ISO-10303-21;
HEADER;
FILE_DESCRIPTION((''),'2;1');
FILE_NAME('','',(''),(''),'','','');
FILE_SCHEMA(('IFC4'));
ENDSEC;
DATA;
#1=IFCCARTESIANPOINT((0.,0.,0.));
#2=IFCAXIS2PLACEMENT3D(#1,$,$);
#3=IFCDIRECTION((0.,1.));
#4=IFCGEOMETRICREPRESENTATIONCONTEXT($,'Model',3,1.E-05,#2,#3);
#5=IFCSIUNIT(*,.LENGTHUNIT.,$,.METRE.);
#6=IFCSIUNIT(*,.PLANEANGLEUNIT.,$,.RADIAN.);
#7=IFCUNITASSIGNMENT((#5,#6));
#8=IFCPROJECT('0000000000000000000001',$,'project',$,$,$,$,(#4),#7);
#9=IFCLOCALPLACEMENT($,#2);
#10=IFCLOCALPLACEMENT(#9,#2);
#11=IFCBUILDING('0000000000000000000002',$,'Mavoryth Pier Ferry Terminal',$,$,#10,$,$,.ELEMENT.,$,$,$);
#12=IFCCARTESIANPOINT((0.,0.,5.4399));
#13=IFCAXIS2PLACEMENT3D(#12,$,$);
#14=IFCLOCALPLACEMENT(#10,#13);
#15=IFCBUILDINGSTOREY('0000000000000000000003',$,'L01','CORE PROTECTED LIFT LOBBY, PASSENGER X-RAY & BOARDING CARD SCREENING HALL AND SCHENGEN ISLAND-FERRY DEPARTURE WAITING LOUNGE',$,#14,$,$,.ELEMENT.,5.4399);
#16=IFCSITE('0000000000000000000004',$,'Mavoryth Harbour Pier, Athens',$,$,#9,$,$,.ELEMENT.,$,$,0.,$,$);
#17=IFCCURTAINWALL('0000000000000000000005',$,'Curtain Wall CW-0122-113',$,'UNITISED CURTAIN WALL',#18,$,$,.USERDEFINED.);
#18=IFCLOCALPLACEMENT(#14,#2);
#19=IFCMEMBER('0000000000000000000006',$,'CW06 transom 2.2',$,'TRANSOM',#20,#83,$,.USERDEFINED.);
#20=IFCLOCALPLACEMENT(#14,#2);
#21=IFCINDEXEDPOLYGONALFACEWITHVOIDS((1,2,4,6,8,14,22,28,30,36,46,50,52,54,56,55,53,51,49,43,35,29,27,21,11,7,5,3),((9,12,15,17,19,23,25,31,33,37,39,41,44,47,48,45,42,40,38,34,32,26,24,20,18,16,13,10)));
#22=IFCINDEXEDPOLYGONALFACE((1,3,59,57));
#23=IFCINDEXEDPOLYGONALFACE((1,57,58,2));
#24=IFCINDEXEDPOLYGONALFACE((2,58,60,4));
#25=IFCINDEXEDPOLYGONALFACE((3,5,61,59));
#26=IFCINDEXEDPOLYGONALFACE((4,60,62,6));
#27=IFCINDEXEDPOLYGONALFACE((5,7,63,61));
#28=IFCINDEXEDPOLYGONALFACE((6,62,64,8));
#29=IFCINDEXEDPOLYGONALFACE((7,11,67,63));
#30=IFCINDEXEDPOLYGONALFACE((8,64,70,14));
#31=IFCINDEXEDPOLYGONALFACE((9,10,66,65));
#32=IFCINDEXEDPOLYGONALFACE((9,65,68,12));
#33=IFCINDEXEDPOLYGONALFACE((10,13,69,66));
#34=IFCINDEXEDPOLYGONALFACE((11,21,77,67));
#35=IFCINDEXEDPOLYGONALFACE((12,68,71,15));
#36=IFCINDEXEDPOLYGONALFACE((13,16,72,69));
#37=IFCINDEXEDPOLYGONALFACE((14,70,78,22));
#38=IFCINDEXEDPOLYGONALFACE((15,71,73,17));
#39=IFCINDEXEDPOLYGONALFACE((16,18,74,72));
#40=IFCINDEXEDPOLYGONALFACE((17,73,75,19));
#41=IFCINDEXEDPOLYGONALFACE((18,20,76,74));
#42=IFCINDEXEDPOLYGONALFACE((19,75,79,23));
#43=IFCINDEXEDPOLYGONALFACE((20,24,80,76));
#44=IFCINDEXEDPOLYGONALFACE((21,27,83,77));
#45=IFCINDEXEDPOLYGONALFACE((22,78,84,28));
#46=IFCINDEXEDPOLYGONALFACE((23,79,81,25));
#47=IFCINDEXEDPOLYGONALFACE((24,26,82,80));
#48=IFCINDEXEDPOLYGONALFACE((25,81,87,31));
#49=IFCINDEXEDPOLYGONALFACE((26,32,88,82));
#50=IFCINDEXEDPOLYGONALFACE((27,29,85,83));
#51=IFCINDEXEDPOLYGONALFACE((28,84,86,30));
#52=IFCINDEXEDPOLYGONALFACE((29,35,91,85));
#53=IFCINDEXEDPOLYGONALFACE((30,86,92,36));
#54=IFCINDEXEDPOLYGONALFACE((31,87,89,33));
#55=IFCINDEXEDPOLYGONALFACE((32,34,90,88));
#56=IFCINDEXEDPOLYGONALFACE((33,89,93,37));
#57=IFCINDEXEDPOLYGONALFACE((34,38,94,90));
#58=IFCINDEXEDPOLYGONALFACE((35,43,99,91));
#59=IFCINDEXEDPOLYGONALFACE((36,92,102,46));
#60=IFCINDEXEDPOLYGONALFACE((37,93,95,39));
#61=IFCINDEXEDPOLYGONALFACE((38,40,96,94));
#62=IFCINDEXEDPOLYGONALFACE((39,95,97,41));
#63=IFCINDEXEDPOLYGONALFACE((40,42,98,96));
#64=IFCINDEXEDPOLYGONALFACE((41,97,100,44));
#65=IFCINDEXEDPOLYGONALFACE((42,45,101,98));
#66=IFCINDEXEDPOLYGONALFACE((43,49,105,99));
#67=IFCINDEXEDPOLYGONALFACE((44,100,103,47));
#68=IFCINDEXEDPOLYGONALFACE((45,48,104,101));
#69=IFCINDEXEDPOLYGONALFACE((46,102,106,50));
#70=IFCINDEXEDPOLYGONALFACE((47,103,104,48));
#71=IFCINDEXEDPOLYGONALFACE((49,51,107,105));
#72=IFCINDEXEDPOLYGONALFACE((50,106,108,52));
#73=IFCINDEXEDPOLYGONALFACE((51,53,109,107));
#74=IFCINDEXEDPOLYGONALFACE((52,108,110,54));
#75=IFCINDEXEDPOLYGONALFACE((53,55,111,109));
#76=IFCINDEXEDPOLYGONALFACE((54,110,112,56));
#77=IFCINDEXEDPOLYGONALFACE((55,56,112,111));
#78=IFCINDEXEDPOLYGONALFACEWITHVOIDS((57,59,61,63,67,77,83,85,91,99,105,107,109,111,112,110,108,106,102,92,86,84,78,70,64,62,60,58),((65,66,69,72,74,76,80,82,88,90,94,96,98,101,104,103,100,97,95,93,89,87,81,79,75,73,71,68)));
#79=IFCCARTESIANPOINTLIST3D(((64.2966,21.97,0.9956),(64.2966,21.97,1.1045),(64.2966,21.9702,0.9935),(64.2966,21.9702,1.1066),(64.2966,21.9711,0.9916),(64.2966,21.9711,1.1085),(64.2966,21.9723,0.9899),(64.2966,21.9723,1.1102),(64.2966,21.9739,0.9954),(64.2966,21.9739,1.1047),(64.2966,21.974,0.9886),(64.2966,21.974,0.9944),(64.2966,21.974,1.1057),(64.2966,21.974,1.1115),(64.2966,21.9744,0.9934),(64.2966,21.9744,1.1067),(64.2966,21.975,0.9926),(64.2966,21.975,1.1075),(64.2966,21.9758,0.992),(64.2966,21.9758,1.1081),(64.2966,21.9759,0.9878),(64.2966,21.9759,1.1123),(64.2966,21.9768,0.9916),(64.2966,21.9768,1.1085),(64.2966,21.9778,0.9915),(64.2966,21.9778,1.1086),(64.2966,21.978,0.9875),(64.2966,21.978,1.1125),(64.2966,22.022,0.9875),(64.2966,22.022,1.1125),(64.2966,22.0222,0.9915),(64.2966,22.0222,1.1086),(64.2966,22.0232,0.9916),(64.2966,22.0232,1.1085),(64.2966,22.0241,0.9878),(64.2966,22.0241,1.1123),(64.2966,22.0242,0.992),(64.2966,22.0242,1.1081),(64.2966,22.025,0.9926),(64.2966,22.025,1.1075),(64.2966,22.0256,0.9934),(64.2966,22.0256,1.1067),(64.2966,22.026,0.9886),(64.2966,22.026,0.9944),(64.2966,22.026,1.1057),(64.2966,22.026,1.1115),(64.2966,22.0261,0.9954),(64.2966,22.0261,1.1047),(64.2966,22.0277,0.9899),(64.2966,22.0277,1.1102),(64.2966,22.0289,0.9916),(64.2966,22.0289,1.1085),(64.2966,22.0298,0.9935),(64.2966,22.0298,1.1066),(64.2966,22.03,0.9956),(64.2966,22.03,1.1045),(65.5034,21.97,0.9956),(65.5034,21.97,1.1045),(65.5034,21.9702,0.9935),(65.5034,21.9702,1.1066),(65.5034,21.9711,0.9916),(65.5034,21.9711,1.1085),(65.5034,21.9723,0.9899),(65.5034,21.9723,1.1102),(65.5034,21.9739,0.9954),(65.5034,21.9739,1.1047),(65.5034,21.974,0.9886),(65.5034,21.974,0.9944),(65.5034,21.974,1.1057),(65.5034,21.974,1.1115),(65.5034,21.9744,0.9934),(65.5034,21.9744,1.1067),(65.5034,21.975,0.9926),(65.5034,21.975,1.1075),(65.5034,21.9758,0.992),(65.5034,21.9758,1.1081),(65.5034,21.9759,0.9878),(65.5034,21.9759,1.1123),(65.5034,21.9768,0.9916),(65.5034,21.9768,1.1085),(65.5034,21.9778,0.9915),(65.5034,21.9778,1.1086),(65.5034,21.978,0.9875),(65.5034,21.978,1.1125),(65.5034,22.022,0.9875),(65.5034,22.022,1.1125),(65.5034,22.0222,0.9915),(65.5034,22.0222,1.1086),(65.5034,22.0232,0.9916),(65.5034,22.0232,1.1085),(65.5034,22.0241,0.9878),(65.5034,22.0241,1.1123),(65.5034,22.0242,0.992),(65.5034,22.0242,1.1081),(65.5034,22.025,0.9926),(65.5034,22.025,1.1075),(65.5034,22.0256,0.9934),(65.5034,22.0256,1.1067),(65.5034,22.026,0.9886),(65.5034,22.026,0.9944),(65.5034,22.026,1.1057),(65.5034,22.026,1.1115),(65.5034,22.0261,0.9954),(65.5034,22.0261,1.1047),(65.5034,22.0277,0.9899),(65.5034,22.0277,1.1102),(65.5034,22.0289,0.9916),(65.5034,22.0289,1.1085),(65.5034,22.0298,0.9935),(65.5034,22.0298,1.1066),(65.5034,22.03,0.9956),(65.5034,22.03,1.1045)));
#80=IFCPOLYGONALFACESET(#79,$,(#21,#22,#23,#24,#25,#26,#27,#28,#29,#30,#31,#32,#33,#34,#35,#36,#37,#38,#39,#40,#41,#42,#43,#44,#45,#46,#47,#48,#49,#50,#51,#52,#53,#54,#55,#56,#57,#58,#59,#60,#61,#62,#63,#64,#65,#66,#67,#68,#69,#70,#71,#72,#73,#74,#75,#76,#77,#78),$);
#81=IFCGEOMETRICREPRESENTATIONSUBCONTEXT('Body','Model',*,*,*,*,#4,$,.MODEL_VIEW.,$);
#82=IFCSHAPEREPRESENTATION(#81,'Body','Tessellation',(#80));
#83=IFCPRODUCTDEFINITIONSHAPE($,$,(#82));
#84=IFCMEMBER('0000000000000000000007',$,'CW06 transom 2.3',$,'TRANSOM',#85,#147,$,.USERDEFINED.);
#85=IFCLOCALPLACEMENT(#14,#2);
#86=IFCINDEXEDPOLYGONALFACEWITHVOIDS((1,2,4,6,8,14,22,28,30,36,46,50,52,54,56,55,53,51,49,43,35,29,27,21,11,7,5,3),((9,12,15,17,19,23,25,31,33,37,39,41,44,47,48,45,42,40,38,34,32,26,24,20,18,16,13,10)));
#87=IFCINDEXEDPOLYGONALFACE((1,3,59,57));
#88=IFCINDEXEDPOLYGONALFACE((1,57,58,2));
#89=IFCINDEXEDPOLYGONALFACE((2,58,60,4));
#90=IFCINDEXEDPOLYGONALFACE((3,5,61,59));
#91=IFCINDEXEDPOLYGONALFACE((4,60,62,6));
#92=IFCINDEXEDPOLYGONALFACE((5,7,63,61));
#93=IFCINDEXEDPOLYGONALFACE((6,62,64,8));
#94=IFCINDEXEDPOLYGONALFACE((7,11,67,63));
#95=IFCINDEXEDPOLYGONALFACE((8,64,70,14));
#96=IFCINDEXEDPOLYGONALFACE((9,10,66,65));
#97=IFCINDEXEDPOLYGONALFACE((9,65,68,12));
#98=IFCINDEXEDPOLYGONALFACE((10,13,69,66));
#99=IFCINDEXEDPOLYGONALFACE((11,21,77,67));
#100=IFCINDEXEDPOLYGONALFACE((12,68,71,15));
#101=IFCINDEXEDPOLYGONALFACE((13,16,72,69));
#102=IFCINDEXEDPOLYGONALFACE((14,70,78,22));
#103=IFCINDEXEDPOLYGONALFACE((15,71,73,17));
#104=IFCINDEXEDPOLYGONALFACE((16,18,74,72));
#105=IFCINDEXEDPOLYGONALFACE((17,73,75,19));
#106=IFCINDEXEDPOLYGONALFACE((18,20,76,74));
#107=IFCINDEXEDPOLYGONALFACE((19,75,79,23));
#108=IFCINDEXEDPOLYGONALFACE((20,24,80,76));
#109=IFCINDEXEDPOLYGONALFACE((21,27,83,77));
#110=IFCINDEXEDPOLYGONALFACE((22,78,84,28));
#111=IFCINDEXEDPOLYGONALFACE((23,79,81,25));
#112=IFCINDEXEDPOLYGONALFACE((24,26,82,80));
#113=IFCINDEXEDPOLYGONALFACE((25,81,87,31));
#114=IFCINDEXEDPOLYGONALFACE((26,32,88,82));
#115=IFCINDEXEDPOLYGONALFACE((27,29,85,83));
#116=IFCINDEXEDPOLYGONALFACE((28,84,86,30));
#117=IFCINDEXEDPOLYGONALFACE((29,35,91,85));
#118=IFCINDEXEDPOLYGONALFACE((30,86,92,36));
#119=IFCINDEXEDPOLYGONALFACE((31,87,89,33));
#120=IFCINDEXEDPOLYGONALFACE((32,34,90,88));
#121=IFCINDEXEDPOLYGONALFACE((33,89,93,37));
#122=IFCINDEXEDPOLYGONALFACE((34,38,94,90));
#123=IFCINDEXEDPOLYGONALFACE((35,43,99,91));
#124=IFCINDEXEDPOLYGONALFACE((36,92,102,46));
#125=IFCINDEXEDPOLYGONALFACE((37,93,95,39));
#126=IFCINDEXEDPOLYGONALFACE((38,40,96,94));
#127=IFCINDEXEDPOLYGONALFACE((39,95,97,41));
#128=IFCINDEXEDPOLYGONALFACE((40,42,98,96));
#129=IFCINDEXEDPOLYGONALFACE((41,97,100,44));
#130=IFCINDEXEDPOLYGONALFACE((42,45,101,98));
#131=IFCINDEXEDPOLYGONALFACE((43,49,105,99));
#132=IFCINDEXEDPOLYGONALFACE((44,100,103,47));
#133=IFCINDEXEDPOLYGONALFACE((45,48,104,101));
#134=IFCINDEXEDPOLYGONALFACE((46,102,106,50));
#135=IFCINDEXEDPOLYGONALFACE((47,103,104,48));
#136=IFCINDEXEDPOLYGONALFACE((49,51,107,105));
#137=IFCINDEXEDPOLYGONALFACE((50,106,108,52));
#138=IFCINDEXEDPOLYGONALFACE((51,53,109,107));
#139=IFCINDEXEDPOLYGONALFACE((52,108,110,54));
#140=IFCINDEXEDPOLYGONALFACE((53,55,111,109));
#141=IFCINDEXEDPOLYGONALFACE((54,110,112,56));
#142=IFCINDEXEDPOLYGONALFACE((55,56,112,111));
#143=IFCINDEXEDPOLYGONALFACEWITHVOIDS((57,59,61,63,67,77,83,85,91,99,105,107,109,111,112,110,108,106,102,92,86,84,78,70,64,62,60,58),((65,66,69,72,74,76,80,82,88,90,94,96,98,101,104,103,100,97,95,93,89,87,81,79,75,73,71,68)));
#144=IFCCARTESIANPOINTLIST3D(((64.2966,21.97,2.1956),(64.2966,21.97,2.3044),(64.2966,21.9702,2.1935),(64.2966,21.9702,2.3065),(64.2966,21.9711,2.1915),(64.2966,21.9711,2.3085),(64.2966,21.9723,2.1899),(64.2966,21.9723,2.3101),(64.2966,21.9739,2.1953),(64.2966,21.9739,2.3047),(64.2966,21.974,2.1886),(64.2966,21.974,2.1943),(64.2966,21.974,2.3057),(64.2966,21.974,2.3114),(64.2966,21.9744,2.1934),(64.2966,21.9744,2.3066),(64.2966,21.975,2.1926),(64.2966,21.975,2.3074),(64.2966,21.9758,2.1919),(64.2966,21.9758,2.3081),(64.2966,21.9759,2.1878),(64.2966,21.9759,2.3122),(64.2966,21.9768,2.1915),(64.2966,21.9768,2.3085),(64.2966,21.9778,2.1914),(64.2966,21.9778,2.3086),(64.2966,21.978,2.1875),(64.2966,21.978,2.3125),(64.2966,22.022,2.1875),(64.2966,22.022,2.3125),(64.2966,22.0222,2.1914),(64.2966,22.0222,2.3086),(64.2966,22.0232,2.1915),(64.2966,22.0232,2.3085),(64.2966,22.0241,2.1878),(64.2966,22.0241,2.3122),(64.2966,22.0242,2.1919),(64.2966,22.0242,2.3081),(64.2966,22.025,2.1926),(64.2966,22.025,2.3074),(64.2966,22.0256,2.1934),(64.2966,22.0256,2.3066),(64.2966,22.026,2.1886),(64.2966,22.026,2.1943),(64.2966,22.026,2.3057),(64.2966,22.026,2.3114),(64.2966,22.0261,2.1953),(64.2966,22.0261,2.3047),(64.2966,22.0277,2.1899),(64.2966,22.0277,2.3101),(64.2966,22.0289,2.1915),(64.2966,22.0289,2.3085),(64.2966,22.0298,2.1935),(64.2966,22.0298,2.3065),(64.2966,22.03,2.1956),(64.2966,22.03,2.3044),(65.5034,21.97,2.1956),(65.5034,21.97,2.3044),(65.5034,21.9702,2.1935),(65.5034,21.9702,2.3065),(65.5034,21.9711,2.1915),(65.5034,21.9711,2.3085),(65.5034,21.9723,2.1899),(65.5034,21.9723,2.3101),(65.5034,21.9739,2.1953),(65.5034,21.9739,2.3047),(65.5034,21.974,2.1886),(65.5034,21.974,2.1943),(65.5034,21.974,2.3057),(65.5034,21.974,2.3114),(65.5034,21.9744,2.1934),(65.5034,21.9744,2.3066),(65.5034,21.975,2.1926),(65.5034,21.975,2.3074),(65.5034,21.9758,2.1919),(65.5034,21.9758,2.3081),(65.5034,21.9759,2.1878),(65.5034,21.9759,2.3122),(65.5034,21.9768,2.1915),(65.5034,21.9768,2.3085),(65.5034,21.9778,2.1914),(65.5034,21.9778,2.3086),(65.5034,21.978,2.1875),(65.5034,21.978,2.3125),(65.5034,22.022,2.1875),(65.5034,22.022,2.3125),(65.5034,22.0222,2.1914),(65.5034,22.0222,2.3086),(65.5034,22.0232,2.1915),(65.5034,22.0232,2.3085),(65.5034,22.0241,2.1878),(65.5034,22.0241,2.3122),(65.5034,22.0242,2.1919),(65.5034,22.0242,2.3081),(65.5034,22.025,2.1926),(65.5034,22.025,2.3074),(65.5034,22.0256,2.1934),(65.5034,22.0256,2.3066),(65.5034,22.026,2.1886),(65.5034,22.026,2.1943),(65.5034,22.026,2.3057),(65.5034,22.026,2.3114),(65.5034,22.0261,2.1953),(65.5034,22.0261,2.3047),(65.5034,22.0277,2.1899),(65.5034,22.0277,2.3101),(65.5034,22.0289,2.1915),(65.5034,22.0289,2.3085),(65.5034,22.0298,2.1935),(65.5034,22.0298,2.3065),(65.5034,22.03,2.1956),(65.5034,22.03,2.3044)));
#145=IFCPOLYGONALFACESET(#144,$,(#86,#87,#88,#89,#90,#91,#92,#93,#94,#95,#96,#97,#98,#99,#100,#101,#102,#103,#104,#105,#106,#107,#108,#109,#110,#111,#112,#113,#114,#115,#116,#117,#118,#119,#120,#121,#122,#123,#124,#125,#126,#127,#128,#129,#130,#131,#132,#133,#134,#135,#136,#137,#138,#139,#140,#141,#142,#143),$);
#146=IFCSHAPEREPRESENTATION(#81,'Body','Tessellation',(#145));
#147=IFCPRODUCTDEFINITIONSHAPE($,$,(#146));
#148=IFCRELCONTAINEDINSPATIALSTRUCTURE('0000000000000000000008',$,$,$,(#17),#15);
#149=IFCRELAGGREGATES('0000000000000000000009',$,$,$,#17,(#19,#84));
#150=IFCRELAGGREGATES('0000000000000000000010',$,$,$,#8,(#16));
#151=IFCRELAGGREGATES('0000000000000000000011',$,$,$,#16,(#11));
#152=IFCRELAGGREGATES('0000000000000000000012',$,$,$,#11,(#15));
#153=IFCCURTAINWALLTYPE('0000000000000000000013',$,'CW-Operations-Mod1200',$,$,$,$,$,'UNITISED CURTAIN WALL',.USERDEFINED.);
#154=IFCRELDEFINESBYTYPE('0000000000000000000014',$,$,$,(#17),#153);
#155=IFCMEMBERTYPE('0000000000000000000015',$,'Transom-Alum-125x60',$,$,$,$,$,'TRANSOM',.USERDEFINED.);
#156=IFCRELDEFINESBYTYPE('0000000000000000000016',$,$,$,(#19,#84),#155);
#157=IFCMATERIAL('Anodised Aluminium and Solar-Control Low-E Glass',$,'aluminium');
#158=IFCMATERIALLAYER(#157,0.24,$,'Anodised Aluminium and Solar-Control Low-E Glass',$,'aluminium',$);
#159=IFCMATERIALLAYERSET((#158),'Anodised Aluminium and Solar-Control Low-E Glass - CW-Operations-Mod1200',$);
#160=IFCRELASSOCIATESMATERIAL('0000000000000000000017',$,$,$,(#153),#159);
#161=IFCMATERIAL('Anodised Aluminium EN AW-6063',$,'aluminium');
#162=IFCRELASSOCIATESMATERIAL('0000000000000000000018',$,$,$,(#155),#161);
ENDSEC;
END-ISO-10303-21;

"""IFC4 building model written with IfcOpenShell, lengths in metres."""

from ifc_helpers import new_model, si_unit, direction, frame, origin, origin_2d, place, context, subcontext, project, spatial, hollow_rectangle, extrude, material, layer, layer_set, material_profile, profile_set, type_object, element, aggregate, save


model = new_model("IFC4")

# Units and contexts
model_context = context("Model", 3, precision=1e-05, world=origin(), true_north=direction((0.0, 1.0)))
body_context = subcontext(model_context, "Body", "Model", "MODEL_VIEW")
ifc_project = project(units=[si_unit("LENGTHUNIT", "METRE"), si_unit("PLANEANGLEUNIT", "RADIAN")], contexts=[model_context])

# Site, building, storey
site_placement = place(None, origin())
site = spatial("IfcSite", under=ifc_project, at=site_placement, Name="Mavoryth Harbour Pier, Athens", CompositionType="ELEMENT", RefElevation=0.0)
building_placement = place(site_placement, origin())
building = spatial("IfcBuilding", under=site, at=building_placement, Name="Mavoryth Pier Ferry Terminal", CompositionType="ELEMENT")
storey_placement = place(building_placement, frame((0.0, 0.0, 5.4399)))
storey = spatial("IfcBuildingStorey", under=building, at=storey_placement, Name="L01", Description="CORE PROTECTED LIFT LOBBY, PASSENGER X-RAY & BOARDING CARD SCREENING HALL AND SCHENGEN ISLAND-FERRY DEPARTURE WAITING LOUNGE", CompositionType="ELEMENT", Elevation=5.4399)

# Curtain wall
ifc_material_1 = material(Name="Anodised Aluminium and Solar-Control Low-E Glass", Category="aluminium")
ifc_layer_1 = layer(ifc_material_1, 0.24, Name="Anodised Aluminium and Solar-Control Low-E Glass", Category="aluminium")
ifc_layer_set_1 = layer_set([ifc_layer_1], Name="Anodised Aluminium and Solar-Control Low-E Glass - CW-Operations-Mod1200")
curtain_wall_type = type_object("IfcCurtainWallType", Name="CW-Operations-Mod1200", ElementType="UNITISED CURTAIN WALL", PredefinedType="USERDEFINED", material=ifc_layer_set_1)
curtain_wall_1_placement = place(storey_placement, origin())
curtain_wall_1 = element("IfcCurtainWall", 1, at=curtain_wall_1_placement, inside=storey, type_object=curtain_wall_type, Name="Curtain Wall CW-0122-113", ObjectType="UNITISED CURTAIN WALL", PredefinedType="USERDEFINED")
ifc_material_2 = material(Name="Anodised Aluminium EN AW-6063", Category="aluminium")

# Members
ifc_material_profile_1 = material_profile(ifc_material_2, hollow_rectangle(XDim=0.0601, YDim=0.125, WallThickness=0.0039, InnerFilletRadius=0.0039, OuterFilletRadius=0.0081, at=origin_2d()), Name="AL-TRAN 125x60x4", Category="aluminium")
ifc_profile_set_1 = profile_set([ifc_material_profile_1], Name="Anodised Aluminium EN AW-6063 - AL-TRAN 125x60x4")
member_type_1 = type_object("IfcMemberType", Name="Transom-Alum-125x60", ElementType="TRANSOM", PredefinedType="USERDEFINED", material=ifc_profile_set_1)
member_1_placement = place(storey_placement, frame((65.5034, 22.0, 1.05), z_axis=(-1.0, 0.0, 0.0), x_axis=(0.0, -1.0, 0.0)))
member_1 = element("IfcMember", 2, at=member_1_placement, type_object=member_type_1, Name="CW06 transom 2.2", ObjectType="TRANSOM", PredefinedType="USERDEFINED", context=body_context, shape_type="SweptSolid", body=[
    extrude(hollow_rectangle(XDim=0.0601, YDim=0.125, WallThickness=0.0039, InnerFilletRadius=0.0039, OuterFilletRadius=0.0081, at=origin_2d()), origin(), (0.0, 0.0, 1.0), 1.2068),
])
member_2_placement = place(storey_placement, frame((65.5034, 22.0, 2.25), z_axis=(-1.0, 0.0, 0.0), x_axis=(0.0, -1.0, 0.0)))
member_2 = element("IfcMember", 3, at=member_2_placement, type_object=member_type_1, Name="CW06 transom 2.3", ObjectType="TRANSOM", PredefinedType="USERDEFINED", context=body_context, shape_type="SweptSolid", body=[
    extrude(hollow_rectangle(XDim=0.0601, YDim=0.125, WallThickness=0.0039, InnerFilletRadius=0.0039, OuterFilletRadius=0.0081, at=origin_2d()), origin(), (0.0, 0.0, 1.0), 1.2068),
])

aggregate(curtain_wall_1, [member_1, member_2])

save(model, "model.ifc")
